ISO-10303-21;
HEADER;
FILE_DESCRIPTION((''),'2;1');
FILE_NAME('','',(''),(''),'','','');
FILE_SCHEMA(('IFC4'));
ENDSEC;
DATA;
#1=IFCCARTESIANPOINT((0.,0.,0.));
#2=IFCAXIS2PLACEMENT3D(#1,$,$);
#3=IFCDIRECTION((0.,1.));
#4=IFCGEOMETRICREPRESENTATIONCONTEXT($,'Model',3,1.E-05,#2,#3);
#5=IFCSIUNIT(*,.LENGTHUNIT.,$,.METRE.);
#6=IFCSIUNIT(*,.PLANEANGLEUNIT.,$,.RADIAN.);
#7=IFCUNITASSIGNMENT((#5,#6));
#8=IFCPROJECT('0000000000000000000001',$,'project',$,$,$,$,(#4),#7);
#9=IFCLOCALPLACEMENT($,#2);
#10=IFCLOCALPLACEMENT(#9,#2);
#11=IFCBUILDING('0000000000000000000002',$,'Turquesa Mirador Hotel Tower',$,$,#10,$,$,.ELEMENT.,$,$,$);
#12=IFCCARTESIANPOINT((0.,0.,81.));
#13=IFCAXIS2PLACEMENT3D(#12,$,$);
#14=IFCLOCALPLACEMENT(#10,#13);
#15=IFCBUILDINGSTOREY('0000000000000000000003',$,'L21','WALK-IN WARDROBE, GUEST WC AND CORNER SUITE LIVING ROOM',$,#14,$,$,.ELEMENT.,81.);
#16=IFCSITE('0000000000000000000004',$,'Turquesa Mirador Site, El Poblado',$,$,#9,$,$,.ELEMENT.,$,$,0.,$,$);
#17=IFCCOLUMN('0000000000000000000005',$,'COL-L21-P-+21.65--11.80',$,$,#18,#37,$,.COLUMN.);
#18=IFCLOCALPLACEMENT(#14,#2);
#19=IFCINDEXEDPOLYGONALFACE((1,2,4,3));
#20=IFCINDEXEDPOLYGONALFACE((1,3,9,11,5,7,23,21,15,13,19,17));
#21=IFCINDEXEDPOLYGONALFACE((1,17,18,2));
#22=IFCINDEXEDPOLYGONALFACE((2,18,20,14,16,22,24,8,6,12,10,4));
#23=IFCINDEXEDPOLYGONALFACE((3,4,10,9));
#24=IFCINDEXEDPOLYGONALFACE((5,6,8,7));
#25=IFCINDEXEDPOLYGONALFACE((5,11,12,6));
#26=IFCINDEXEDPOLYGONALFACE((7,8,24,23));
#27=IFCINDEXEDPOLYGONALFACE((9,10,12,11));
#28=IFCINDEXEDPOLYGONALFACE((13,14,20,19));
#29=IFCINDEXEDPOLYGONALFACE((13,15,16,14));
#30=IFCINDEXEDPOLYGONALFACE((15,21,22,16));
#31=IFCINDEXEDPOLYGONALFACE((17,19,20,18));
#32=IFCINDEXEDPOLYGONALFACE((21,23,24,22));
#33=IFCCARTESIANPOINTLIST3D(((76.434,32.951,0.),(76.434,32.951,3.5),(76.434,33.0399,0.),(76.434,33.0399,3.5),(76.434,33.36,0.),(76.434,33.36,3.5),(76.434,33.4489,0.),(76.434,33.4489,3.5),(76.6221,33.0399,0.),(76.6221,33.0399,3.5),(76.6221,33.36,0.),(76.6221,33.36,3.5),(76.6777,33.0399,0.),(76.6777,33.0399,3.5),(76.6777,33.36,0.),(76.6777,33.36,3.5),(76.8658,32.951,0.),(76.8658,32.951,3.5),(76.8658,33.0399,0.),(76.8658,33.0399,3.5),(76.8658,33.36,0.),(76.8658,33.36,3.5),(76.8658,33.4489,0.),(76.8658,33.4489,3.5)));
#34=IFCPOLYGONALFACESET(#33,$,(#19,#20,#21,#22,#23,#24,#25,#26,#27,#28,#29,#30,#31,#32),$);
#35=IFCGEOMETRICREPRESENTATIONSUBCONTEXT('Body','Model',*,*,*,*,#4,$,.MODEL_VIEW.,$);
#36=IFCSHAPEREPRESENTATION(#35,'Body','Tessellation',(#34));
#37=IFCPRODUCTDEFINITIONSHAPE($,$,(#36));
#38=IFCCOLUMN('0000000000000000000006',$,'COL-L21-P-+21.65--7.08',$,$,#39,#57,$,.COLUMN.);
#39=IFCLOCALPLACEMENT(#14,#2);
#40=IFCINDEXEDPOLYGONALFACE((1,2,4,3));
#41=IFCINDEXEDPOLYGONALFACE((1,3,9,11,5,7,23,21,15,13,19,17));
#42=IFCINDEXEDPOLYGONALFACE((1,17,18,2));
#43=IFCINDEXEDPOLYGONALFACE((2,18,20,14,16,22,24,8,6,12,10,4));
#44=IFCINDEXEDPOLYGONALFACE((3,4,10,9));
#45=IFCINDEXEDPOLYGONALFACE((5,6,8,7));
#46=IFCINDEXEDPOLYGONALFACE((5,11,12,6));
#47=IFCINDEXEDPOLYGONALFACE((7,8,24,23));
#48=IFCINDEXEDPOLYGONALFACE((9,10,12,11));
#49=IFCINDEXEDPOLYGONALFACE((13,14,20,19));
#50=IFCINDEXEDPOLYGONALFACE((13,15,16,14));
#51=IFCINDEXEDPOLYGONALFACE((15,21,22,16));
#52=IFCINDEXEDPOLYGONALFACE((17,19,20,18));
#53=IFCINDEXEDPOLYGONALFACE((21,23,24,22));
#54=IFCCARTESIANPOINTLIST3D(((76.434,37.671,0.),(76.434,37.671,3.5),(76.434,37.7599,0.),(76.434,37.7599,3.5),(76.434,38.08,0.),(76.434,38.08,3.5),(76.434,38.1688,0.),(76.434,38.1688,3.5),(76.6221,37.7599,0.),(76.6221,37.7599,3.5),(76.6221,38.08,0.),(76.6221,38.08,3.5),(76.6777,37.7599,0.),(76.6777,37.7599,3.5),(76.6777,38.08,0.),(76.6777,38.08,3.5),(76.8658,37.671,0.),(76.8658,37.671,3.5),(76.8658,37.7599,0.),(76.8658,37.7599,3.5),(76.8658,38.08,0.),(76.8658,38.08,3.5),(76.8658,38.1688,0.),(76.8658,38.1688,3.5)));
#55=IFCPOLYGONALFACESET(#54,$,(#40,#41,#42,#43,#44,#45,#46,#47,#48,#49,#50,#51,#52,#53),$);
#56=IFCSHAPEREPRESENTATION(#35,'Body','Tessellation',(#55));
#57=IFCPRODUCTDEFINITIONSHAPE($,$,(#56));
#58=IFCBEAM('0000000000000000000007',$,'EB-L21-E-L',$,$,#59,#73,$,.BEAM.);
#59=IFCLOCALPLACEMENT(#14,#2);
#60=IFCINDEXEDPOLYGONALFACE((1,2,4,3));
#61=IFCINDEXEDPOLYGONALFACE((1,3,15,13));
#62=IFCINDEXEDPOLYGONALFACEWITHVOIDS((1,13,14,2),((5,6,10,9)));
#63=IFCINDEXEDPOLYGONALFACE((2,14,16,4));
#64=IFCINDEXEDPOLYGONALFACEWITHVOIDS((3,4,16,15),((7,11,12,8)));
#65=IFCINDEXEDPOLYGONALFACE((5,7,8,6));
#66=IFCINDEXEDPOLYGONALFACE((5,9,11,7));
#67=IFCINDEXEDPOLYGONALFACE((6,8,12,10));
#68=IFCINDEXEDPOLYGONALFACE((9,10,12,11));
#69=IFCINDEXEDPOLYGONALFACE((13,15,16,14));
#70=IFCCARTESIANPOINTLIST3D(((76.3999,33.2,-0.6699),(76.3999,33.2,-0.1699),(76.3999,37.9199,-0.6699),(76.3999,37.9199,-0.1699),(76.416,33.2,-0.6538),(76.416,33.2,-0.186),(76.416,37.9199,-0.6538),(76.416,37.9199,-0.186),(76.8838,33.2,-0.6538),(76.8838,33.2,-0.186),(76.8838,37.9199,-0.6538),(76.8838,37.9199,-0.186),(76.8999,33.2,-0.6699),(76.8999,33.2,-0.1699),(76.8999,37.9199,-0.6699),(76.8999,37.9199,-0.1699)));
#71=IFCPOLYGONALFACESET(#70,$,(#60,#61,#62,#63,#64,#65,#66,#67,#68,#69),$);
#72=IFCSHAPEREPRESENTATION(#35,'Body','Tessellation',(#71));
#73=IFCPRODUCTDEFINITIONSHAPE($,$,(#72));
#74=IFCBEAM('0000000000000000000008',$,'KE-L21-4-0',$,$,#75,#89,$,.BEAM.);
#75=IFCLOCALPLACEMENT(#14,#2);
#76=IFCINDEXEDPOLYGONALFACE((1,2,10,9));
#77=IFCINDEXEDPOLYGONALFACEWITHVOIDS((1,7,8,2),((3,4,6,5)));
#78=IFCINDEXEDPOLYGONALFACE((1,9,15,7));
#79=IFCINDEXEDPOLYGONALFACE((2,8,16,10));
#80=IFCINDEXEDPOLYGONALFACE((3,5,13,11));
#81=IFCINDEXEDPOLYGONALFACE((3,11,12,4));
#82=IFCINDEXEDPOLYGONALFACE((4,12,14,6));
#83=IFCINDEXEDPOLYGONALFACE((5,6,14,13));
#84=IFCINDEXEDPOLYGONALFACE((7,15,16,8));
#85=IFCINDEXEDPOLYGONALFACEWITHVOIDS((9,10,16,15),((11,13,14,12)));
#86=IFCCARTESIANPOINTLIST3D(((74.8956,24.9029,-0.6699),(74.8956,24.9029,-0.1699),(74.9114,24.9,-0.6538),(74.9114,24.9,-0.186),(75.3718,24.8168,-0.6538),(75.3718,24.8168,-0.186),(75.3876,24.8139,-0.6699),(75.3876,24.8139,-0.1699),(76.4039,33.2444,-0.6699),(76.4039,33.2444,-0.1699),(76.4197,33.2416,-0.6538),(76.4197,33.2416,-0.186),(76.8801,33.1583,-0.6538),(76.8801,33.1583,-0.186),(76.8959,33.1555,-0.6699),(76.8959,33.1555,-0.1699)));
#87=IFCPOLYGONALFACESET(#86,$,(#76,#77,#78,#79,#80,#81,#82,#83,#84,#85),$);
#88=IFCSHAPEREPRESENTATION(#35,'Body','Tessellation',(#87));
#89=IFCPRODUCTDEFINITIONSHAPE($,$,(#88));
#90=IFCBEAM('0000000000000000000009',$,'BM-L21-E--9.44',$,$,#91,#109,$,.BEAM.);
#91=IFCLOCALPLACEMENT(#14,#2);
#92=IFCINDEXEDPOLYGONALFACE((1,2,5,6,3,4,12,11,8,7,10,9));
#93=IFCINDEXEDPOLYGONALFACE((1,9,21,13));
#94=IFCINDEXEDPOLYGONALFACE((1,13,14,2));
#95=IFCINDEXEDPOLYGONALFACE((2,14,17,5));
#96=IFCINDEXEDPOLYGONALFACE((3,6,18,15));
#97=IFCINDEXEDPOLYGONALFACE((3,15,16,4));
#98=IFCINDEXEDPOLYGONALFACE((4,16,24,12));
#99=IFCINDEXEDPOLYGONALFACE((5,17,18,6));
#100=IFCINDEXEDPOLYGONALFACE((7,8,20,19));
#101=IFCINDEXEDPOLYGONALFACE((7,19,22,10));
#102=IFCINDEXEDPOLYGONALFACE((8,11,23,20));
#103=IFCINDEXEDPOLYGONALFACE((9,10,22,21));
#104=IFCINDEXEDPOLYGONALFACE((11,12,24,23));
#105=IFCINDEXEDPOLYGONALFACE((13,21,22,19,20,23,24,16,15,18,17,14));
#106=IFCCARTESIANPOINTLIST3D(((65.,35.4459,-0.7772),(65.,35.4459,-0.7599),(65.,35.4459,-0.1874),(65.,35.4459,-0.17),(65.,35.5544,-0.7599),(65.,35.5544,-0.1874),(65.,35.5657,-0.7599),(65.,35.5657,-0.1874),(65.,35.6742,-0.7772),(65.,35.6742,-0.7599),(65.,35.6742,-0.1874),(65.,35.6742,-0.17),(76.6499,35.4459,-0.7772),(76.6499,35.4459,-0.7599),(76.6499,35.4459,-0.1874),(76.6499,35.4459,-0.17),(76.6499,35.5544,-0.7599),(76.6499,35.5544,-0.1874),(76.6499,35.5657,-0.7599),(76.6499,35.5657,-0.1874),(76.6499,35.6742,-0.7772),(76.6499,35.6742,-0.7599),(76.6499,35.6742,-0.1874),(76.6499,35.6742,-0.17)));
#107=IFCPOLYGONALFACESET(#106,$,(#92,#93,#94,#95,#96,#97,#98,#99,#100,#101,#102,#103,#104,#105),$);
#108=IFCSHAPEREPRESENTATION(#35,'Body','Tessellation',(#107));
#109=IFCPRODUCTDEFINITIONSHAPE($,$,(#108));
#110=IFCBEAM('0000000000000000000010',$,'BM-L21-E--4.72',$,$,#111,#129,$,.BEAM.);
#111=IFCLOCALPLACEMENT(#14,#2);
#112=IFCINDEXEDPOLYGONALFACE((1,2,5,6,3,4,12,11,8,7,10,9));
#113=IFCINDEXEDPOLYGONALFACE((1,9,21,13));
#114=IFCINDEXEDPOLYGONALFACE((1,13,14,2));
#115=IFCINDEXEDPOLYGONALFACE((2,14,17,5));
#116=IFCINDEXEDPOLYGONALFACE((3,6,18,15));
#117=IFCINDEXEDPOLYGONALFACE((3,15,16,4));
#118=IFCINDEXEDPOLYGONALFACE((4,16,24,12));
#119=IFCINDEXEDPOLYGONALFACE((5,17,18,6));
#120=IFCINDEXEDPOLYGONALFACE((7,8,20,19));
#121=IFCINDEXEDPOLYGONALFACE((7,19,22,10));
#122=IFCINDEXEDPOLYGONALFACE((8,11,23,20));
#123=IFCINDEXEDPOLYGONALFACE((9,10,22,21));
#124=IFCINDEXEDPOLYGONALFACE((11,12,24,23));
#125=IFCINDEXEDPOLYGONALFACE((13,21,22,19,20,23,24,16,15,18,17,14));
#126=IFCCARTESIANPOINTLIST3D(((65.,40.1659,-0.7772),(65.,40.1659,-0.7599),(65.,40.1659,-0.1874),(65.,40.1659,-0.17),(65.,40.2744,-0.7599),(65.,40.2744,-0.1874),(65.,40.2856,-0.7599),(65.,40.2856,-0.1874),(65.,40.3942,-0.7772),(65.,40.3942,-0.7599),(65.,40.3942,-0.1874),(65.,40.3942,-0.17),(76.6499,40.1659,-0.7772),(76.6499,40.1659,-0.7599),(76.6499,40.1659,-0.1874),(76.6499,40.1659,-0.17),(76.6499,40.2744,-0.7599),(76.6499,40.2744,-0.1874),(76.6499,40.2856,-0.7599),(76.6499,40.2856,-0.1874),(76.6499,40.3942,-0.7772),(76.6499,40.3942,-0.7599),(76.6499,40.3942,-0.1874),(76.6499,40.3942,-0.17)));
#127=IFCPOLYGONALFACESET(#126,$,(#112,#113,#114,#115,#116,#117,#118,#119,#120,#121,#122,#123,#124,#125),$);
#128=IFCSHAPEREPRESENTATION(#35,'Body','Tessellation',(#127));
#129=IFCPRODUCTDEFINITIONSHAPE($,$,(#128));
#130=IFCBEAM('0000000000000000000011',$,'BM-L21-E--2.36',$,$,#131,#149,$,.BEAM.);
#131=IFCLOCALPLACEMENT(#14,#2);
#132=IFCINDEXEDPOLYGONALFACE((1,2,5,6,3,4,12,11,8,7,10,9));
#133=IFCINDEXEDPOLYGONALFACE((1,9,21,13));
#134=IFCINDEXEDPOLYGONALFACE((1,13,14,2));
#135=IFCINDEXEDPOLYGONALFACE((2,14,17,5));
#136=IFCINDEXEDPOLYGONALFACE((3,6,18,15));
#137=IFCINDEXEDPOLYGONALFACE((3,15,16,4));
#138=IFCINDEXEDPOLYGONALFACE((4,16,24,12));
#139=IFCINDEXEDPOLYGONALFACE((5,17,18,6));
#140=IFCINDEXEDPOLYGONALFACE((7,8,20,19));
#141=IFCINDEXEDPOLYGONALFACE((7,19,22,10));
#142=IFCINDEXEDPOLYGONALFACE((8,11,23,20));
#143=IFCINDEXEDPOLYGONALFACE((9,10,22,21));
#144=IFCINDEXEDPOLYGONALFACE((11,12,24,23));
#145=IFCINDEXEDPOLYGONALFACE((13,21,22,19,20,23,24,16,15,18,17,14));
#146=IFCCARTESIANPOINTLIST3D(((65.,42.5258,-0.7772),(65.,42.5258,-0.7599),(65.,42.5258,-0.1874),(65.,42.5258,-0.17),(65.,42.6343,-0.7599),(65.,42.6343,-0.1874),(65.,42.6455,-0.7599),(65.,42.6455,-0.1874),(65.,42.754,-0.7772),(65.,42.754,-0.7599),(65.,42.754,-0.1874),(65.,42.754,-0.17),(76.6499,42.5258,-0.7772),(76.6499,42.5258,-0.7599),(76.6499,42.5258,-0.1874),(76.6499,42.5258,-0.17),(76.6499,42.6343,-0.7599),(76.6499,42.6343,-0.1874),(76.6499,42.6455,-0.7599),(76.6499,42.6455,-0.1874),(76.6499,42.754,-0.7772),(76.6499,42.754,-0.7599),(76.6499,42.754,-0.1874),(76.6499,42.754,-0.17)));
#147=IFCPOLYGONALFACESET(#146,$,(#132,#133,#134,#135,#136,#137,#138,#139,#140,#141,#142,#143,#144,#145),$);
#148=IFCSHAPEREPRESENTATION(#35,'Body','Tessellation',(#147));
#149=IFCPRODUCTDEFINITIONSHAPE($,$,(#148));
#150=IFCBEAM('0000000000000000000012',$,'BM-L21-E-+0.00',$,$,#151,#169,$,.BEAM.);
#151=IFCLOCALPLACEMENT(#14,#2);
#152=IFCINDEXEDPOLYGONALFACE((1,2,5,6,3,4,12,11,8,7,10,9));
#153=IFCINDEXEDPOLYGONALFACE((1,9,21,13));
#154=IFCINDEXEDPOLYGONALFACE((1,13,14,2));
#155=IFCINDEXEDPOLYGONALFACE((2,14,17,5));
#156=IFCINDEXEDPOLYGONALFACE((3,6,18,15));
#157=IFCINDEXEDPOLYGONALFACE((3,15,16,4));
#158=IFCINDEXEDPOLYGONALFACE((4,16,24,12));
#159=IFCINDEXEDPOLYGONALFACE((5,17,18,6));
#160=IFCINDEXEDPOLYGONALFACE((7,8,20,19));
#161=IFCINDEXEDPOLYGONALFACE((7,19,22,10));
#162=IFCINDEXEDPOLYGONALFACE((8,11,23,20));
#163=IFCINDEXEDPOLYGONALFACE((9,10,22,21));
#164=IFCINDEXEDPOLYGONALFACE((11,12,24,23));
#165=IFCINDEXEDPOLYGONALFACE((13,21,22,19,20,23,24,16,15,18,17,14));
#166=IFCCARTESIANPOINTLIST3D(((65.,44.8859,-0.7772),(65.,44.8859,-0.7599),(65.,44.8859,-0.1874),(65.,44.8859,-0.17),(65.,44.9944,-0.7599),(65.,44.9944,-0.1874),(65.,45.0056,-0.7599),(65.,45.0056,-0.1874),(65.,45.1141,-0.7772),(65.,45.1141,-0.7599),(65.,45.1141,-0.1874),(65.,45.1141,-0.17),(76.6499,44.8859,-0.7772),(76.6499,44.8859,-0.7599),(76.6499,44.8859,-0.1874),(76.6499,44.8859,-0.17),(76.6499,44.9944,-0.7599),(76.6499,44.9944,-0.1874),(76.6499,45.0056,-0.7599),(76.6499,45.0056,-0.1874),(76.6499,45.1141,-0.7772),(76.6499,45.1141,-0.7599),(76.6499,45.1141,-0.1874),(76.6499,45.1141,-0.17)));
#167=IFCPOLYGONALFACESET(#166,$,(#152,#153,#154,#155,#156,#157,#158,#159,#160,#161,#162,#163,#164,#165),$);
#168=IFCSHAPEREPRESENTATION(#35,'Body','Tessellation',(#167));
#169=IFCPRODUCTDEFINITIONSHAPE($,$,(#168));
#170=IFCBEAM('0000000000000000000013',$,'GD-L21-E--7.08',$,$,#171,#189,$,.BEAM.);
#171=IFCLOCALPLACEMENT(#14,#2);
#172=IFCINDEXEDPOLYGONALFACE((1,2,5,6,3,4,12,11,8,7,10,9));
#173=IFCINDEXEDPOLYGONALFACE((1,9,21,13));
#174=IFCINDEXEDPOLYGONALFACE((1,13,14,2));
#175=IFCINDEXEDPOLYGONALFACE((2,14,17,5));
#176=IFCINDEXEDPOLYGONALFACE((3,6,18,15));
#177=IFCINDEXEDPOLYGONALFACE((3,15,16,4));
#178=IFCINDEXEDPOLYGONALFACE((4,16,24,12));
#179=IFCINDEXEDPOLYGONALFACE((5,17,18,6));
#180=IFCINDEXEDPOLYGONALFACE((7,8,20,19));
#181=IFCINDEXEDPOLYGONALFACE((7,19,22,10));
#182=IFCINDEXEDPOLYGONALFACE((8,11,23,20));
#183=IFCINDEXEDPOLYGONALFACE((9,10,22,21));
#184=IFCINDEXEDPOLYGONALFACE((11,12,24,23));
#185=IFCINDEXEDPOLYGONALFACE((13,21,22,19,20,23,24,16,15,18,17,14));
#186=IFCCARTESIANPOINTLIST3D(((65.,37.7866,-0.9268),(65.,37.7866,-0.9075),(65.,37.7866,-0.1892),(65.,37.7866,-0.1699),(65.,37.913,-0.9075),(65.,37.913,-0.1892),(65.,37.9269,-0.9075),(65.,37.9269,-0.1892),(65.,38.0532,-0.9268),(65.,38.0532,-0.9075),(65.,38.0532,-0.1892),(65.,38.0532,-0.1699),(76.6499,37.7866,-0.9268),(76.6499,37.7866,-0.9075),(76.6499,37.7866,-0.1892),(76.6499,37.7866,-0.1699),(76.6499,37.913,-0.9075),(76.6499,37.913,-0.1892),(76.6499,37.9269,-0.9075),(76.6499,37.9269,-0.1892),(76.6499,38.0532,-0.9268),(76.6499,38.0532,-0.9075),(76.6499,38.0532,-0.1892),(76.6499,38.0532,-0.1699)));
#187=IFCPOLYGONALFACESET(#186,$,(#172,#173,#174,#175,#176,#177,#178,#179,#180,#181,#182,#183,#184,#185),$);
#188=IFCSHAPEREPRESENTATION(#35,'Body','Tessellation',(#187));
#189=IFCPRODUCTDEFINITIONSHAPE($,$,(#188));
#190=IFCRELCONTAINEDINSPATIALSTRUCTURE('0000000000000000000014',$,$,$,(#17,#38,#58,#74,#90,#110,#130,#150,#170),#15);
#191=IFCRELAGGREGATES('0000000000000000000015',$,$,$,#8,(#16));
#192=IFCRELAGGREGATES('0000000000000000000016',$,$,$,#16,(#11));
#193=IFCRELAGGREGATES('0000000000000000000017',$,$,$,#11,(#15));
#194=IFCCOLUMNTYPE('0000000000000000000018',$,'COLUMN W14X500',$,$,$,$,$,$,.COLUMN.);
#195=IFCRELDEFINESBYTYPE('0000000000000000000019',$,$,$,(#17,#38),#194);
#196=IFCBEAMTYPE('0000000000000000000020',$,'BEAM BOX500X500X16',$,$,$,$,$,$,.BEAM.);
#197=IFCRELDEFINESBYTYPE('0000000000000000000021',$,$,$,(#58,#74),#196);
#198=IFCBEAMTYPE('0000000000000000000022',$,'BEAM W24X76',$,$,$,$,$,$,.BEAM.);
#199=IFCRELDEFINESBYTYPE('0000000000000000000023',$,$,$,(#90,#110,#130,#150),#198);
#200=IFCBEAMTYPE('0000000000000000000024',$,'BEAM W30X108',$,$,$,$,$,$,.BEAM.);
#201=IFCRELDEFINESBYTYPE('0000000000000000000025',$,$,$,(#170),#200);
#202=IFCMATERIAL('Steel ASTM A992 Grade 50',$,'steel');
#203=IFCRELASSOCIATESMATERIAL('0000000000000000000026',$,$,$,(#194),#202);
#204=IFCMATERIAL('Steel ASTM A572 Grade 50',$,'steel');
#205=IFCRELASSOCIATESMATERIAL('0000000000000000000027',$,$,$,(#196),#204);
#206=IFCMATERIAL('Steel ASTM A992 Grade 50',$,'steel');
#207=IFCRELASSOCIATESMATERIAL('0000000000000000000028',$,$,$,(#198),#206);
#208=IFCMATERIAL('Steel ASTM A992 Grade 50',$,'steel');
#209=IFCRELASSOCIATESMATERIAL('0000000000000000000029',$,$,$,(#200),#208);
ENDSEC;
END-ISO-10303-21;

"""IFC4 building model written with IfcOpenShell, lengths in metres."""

from ifc_helpers import new_model, si_unit, direction, frame, origin, origin_2d, place, context, subcontext, project, spatial, hollow_rectangle, i_section, extrude, material, material_profile, profile_set, type_object, element, save


model = new_model("IFC4")

# Units and contexts
model_context = context("Model", 3, precision=1e-05, world=origin(), true_north=direction((0.0, 1.0)))
body_context = subcontext(model_context, "Body", "Model", "MODEL_VIEW")
ifc_project = project(units=[si_unit("LENGTHUNIT", "METRE"), si_unit("PLANEANGLEUNIT", "RADIAN")], contexts=[model_context])

# Site, building, storey
site_placement = place(None, origin())
site = spatial("IfcSite", under=ifc_project, at=site_placement, Name="Turquesa Mirador Site, El Poblado", CompositionType="ELEMENT", RefElevation=0.0)
building_placement = place(site_placement, origin())
building = spatial("IfcBuilding", under=site, at=building_placement, Name="Turquesa Mirador Hotel Tower", CompositionType="ELEMENT")
storey_placement = place(building_placement, frame((0.0, 0.0, 81.0)))
storey = spatial("IfcBuildingStorey", under=building, at=storey_placement, Name="L21", Description="WALK-IN WARDROBE, GUEST WC AND CORNER SUITE LIVING ROOM", CompositionType="ELEMENT", Elevation=81.0)

# Columns
ifc_material_1 = material(Name="Steel ASTM A992 Grade 50", Category="steel")
ifc_material_profile_1 = material_profile(ifc_material_1, i_section(OverallWidth=0.4319, OverallDepth=0.4978, WebThickness=0.0557, FlangeThickness=0.0889, at=origin_2d()), Name="W14X500")
ifc_profile_set_1 = profile_set([ifc_material_profile_1], Name="Steel ASTM A992 Grade 50")
column_type = type_object("IfcColumnType", Name="COLUMN W14X500", PredefinedType="COLUMN", material=ifc_profile_set_1)
for number, where, z_axis, x_axis, name in (
    (1, (76.6499, 33.2, 0.0), (0.0, 0.0, 1.0), (1.0, 0.0, 0.0), "COL-L21-P-+21.65--11.80"),
    (2, (76.6499, 37.9199, 0.0), (0.0, 0.0, 1.0), (1.0, 0.0, 0.0), "COL-L21-P-+21.65--7.08"),
):
    element("IfcColumn", number, at=place(storey_placement, frame(where, z_axis=z_axis, x_axis=x_axis)), inside=storey, type_object=column_type, Name=name, PredefinedType="COLUMN", context=body_context, shape_type="SweptSolid", body=[
        extrude(i_section(OverallWidth=0.4319, OverallDepth=0.4978, WebThickness=0.0557, FlangeThickness=0.0889, at=origin_2d()), origin(), (0.0, 0.0, 1.0), 3.5),
    ])

# Beams
ifc_material_2 = material(Name="Steel ASTM A572 Grade 50", Category="steel")
ifc_material_profile_2 = material_profile(ifc_material_2, hollow_rectangle(XDim=0.5, YDim=0.5, WallThickness=0.0161, at=origin_2d()), Name="BOX500X500X16")
ifc_profile_set_2 = profile_set([ifc_material_profile_2], Name="Steel ASTM A572 Grade 50")
beam_type_1 = type_object("IfcBeamType", Name="BEAM BOX500X500X16", PredefinedType="BEAM", material=ifc_profile_set_2)
beam_1_placement = place(storey_placement, frame((76.6499, 33.2, -0.4199), z_axis=(0.0, 1.0, 0.0), x_axis=(-1.0, 0.0, 0.0)))
element("IfcBeam", 3, at=beam_1_placement, inside=storey, type_object=beam_type_1, Name="EB-L21-E-L", PredefinedType="BEAM", context=body_context, shape_type="SweptSolid", body=[
    extrude(hollow_rectangle(XDim=0.5, YDim=0.5, WallThickness=0.0161, at=origin_2d()), origin(), (0.0, 0.0, 1.0), 4.72),
])
beam_2_placement = place(storey_placement, frame((76.6499, 33.2, -0.4199), z_axis=(-0.177932, -0.984043, 0.0), x_axis=(0.984043, -0.177932, 0.0)))
element("IfcBeam", 4, at=beam_2_placement, inside=storey, type_object=beam_type_1, Name="KE-L21-4-0", PredefinedType="BEAM", context=body_context, shape_type="SweptSolid", body=[
    extrude(hollow_rectangle(XDim=0.5, YDim=0.5, WallThickness=0.0161, at=origin_2d()), origin(), (0.0, 0.0, 1.0), 8.4768),
])
ifc_material_3 = material(Name="Steel ASTM A992 Grade 50", Category="steel")
ifc_material_profile_3 = material_profile(ifc_material_3, i_section(OverallWidth=0.2283, OverallDepth=0.6072, WebThickness=0.0112, FlangeThickness=0.0173, at=origin_2d()), Name="W24X76")
ifc_profile_set_3 = profile_set([ifc_material_profile_3], Name="Steel ASTM A992 Grade 50")
beam_type_2 = type_object("IfcBeamType", Name="BEAM W24X76", PredefinedType="BEAM", material=ifc_profile_set_3)
for number, where, z_axis, x_axis, name in (
    (5, (76.6499, 35.5601, -0.4736), (-1.0, 0.0, 0.0), (0.0, -1.0, 0.0), "BM-L21-E--9.44"),
    (6, (76.6499, 40.28, -0.4736), (-1.0, 0.0, 0.0), (0.0, -1.0, 0.0), "BM-L21-E--4.72"),
    (7, (76.6499, 42.6399, -0.4736), (-1.0, 0.0, 0.0), (0.0, -1.0, 0.0), "BM-L21-E--2.36"),
    (8, (76.6499, 45.0, -0.4736), (-1.0, 0.0, 0.0), (0.0, -1.0, 0.0), "BM-L21-E-+0.00"),
):
    element("IfcBeam", number, at=place(storey_placement, frame(where, z_axis=z_axis, x_axis=x_axis)), inside=storey, type_object=beam_type_2, Name=name, PredefinedType="BEAM", context=body_context, shape_type="SweptSolid", body=[
        extrude(i_section(OverallWidth=0.2283, OverallDepth=0.6072, WebThickness=0.0112, FlangeThickness=0.0173, at=origin_2d()), origin(), (0.0, 0.0, 1.0), 11.6499),
    ])
ifc_material_4 = material(Name="Steel ASTM A992 Grade 50", Category="steel")
ifc_material_profile_4 = material_profile(ifc_material_4, i_section(OverallWidth=0.2666, OverallDepth=0.7568, WebThickness=0.0139, FlangeThickness=0.0193, at=origin_2d()), Name="W30X108")
ifc_profile_set_4 = profile_set([ifc_material_profile_4], Name="Steel ASTM A992 Grade 50")
beam_type_3 = type_object("IfcBeamType", Name="BEAM W30X108", PredefinedType="BEAM", material=ifc_profile_set_4)
beam_3_placement = place(storey_placement, frame((76.6499, 37.9199, -0.5483), z_axis=(-1.0, 0.0, 0.0), x_axis=(0.0, -1.0, 0.0)))
element("IfcBeam", 9, at=beam_3_placement, inside=storey, type_object=beam_type_3, Name="GD-L21-E--7.08", PredefinedType="BEAM", context=body_context, shape_type="SweptSolid", body=[
    extrude(i_section(OverallWidth=0.2666, OverallDepth=0.7568, WebThickness=0.0139, FlangeThickness=0.0193, at=origin_2d()), origin(), (0.0, 0.0, 1.0), 11.6499),
])

save(model, "model.ifc")
